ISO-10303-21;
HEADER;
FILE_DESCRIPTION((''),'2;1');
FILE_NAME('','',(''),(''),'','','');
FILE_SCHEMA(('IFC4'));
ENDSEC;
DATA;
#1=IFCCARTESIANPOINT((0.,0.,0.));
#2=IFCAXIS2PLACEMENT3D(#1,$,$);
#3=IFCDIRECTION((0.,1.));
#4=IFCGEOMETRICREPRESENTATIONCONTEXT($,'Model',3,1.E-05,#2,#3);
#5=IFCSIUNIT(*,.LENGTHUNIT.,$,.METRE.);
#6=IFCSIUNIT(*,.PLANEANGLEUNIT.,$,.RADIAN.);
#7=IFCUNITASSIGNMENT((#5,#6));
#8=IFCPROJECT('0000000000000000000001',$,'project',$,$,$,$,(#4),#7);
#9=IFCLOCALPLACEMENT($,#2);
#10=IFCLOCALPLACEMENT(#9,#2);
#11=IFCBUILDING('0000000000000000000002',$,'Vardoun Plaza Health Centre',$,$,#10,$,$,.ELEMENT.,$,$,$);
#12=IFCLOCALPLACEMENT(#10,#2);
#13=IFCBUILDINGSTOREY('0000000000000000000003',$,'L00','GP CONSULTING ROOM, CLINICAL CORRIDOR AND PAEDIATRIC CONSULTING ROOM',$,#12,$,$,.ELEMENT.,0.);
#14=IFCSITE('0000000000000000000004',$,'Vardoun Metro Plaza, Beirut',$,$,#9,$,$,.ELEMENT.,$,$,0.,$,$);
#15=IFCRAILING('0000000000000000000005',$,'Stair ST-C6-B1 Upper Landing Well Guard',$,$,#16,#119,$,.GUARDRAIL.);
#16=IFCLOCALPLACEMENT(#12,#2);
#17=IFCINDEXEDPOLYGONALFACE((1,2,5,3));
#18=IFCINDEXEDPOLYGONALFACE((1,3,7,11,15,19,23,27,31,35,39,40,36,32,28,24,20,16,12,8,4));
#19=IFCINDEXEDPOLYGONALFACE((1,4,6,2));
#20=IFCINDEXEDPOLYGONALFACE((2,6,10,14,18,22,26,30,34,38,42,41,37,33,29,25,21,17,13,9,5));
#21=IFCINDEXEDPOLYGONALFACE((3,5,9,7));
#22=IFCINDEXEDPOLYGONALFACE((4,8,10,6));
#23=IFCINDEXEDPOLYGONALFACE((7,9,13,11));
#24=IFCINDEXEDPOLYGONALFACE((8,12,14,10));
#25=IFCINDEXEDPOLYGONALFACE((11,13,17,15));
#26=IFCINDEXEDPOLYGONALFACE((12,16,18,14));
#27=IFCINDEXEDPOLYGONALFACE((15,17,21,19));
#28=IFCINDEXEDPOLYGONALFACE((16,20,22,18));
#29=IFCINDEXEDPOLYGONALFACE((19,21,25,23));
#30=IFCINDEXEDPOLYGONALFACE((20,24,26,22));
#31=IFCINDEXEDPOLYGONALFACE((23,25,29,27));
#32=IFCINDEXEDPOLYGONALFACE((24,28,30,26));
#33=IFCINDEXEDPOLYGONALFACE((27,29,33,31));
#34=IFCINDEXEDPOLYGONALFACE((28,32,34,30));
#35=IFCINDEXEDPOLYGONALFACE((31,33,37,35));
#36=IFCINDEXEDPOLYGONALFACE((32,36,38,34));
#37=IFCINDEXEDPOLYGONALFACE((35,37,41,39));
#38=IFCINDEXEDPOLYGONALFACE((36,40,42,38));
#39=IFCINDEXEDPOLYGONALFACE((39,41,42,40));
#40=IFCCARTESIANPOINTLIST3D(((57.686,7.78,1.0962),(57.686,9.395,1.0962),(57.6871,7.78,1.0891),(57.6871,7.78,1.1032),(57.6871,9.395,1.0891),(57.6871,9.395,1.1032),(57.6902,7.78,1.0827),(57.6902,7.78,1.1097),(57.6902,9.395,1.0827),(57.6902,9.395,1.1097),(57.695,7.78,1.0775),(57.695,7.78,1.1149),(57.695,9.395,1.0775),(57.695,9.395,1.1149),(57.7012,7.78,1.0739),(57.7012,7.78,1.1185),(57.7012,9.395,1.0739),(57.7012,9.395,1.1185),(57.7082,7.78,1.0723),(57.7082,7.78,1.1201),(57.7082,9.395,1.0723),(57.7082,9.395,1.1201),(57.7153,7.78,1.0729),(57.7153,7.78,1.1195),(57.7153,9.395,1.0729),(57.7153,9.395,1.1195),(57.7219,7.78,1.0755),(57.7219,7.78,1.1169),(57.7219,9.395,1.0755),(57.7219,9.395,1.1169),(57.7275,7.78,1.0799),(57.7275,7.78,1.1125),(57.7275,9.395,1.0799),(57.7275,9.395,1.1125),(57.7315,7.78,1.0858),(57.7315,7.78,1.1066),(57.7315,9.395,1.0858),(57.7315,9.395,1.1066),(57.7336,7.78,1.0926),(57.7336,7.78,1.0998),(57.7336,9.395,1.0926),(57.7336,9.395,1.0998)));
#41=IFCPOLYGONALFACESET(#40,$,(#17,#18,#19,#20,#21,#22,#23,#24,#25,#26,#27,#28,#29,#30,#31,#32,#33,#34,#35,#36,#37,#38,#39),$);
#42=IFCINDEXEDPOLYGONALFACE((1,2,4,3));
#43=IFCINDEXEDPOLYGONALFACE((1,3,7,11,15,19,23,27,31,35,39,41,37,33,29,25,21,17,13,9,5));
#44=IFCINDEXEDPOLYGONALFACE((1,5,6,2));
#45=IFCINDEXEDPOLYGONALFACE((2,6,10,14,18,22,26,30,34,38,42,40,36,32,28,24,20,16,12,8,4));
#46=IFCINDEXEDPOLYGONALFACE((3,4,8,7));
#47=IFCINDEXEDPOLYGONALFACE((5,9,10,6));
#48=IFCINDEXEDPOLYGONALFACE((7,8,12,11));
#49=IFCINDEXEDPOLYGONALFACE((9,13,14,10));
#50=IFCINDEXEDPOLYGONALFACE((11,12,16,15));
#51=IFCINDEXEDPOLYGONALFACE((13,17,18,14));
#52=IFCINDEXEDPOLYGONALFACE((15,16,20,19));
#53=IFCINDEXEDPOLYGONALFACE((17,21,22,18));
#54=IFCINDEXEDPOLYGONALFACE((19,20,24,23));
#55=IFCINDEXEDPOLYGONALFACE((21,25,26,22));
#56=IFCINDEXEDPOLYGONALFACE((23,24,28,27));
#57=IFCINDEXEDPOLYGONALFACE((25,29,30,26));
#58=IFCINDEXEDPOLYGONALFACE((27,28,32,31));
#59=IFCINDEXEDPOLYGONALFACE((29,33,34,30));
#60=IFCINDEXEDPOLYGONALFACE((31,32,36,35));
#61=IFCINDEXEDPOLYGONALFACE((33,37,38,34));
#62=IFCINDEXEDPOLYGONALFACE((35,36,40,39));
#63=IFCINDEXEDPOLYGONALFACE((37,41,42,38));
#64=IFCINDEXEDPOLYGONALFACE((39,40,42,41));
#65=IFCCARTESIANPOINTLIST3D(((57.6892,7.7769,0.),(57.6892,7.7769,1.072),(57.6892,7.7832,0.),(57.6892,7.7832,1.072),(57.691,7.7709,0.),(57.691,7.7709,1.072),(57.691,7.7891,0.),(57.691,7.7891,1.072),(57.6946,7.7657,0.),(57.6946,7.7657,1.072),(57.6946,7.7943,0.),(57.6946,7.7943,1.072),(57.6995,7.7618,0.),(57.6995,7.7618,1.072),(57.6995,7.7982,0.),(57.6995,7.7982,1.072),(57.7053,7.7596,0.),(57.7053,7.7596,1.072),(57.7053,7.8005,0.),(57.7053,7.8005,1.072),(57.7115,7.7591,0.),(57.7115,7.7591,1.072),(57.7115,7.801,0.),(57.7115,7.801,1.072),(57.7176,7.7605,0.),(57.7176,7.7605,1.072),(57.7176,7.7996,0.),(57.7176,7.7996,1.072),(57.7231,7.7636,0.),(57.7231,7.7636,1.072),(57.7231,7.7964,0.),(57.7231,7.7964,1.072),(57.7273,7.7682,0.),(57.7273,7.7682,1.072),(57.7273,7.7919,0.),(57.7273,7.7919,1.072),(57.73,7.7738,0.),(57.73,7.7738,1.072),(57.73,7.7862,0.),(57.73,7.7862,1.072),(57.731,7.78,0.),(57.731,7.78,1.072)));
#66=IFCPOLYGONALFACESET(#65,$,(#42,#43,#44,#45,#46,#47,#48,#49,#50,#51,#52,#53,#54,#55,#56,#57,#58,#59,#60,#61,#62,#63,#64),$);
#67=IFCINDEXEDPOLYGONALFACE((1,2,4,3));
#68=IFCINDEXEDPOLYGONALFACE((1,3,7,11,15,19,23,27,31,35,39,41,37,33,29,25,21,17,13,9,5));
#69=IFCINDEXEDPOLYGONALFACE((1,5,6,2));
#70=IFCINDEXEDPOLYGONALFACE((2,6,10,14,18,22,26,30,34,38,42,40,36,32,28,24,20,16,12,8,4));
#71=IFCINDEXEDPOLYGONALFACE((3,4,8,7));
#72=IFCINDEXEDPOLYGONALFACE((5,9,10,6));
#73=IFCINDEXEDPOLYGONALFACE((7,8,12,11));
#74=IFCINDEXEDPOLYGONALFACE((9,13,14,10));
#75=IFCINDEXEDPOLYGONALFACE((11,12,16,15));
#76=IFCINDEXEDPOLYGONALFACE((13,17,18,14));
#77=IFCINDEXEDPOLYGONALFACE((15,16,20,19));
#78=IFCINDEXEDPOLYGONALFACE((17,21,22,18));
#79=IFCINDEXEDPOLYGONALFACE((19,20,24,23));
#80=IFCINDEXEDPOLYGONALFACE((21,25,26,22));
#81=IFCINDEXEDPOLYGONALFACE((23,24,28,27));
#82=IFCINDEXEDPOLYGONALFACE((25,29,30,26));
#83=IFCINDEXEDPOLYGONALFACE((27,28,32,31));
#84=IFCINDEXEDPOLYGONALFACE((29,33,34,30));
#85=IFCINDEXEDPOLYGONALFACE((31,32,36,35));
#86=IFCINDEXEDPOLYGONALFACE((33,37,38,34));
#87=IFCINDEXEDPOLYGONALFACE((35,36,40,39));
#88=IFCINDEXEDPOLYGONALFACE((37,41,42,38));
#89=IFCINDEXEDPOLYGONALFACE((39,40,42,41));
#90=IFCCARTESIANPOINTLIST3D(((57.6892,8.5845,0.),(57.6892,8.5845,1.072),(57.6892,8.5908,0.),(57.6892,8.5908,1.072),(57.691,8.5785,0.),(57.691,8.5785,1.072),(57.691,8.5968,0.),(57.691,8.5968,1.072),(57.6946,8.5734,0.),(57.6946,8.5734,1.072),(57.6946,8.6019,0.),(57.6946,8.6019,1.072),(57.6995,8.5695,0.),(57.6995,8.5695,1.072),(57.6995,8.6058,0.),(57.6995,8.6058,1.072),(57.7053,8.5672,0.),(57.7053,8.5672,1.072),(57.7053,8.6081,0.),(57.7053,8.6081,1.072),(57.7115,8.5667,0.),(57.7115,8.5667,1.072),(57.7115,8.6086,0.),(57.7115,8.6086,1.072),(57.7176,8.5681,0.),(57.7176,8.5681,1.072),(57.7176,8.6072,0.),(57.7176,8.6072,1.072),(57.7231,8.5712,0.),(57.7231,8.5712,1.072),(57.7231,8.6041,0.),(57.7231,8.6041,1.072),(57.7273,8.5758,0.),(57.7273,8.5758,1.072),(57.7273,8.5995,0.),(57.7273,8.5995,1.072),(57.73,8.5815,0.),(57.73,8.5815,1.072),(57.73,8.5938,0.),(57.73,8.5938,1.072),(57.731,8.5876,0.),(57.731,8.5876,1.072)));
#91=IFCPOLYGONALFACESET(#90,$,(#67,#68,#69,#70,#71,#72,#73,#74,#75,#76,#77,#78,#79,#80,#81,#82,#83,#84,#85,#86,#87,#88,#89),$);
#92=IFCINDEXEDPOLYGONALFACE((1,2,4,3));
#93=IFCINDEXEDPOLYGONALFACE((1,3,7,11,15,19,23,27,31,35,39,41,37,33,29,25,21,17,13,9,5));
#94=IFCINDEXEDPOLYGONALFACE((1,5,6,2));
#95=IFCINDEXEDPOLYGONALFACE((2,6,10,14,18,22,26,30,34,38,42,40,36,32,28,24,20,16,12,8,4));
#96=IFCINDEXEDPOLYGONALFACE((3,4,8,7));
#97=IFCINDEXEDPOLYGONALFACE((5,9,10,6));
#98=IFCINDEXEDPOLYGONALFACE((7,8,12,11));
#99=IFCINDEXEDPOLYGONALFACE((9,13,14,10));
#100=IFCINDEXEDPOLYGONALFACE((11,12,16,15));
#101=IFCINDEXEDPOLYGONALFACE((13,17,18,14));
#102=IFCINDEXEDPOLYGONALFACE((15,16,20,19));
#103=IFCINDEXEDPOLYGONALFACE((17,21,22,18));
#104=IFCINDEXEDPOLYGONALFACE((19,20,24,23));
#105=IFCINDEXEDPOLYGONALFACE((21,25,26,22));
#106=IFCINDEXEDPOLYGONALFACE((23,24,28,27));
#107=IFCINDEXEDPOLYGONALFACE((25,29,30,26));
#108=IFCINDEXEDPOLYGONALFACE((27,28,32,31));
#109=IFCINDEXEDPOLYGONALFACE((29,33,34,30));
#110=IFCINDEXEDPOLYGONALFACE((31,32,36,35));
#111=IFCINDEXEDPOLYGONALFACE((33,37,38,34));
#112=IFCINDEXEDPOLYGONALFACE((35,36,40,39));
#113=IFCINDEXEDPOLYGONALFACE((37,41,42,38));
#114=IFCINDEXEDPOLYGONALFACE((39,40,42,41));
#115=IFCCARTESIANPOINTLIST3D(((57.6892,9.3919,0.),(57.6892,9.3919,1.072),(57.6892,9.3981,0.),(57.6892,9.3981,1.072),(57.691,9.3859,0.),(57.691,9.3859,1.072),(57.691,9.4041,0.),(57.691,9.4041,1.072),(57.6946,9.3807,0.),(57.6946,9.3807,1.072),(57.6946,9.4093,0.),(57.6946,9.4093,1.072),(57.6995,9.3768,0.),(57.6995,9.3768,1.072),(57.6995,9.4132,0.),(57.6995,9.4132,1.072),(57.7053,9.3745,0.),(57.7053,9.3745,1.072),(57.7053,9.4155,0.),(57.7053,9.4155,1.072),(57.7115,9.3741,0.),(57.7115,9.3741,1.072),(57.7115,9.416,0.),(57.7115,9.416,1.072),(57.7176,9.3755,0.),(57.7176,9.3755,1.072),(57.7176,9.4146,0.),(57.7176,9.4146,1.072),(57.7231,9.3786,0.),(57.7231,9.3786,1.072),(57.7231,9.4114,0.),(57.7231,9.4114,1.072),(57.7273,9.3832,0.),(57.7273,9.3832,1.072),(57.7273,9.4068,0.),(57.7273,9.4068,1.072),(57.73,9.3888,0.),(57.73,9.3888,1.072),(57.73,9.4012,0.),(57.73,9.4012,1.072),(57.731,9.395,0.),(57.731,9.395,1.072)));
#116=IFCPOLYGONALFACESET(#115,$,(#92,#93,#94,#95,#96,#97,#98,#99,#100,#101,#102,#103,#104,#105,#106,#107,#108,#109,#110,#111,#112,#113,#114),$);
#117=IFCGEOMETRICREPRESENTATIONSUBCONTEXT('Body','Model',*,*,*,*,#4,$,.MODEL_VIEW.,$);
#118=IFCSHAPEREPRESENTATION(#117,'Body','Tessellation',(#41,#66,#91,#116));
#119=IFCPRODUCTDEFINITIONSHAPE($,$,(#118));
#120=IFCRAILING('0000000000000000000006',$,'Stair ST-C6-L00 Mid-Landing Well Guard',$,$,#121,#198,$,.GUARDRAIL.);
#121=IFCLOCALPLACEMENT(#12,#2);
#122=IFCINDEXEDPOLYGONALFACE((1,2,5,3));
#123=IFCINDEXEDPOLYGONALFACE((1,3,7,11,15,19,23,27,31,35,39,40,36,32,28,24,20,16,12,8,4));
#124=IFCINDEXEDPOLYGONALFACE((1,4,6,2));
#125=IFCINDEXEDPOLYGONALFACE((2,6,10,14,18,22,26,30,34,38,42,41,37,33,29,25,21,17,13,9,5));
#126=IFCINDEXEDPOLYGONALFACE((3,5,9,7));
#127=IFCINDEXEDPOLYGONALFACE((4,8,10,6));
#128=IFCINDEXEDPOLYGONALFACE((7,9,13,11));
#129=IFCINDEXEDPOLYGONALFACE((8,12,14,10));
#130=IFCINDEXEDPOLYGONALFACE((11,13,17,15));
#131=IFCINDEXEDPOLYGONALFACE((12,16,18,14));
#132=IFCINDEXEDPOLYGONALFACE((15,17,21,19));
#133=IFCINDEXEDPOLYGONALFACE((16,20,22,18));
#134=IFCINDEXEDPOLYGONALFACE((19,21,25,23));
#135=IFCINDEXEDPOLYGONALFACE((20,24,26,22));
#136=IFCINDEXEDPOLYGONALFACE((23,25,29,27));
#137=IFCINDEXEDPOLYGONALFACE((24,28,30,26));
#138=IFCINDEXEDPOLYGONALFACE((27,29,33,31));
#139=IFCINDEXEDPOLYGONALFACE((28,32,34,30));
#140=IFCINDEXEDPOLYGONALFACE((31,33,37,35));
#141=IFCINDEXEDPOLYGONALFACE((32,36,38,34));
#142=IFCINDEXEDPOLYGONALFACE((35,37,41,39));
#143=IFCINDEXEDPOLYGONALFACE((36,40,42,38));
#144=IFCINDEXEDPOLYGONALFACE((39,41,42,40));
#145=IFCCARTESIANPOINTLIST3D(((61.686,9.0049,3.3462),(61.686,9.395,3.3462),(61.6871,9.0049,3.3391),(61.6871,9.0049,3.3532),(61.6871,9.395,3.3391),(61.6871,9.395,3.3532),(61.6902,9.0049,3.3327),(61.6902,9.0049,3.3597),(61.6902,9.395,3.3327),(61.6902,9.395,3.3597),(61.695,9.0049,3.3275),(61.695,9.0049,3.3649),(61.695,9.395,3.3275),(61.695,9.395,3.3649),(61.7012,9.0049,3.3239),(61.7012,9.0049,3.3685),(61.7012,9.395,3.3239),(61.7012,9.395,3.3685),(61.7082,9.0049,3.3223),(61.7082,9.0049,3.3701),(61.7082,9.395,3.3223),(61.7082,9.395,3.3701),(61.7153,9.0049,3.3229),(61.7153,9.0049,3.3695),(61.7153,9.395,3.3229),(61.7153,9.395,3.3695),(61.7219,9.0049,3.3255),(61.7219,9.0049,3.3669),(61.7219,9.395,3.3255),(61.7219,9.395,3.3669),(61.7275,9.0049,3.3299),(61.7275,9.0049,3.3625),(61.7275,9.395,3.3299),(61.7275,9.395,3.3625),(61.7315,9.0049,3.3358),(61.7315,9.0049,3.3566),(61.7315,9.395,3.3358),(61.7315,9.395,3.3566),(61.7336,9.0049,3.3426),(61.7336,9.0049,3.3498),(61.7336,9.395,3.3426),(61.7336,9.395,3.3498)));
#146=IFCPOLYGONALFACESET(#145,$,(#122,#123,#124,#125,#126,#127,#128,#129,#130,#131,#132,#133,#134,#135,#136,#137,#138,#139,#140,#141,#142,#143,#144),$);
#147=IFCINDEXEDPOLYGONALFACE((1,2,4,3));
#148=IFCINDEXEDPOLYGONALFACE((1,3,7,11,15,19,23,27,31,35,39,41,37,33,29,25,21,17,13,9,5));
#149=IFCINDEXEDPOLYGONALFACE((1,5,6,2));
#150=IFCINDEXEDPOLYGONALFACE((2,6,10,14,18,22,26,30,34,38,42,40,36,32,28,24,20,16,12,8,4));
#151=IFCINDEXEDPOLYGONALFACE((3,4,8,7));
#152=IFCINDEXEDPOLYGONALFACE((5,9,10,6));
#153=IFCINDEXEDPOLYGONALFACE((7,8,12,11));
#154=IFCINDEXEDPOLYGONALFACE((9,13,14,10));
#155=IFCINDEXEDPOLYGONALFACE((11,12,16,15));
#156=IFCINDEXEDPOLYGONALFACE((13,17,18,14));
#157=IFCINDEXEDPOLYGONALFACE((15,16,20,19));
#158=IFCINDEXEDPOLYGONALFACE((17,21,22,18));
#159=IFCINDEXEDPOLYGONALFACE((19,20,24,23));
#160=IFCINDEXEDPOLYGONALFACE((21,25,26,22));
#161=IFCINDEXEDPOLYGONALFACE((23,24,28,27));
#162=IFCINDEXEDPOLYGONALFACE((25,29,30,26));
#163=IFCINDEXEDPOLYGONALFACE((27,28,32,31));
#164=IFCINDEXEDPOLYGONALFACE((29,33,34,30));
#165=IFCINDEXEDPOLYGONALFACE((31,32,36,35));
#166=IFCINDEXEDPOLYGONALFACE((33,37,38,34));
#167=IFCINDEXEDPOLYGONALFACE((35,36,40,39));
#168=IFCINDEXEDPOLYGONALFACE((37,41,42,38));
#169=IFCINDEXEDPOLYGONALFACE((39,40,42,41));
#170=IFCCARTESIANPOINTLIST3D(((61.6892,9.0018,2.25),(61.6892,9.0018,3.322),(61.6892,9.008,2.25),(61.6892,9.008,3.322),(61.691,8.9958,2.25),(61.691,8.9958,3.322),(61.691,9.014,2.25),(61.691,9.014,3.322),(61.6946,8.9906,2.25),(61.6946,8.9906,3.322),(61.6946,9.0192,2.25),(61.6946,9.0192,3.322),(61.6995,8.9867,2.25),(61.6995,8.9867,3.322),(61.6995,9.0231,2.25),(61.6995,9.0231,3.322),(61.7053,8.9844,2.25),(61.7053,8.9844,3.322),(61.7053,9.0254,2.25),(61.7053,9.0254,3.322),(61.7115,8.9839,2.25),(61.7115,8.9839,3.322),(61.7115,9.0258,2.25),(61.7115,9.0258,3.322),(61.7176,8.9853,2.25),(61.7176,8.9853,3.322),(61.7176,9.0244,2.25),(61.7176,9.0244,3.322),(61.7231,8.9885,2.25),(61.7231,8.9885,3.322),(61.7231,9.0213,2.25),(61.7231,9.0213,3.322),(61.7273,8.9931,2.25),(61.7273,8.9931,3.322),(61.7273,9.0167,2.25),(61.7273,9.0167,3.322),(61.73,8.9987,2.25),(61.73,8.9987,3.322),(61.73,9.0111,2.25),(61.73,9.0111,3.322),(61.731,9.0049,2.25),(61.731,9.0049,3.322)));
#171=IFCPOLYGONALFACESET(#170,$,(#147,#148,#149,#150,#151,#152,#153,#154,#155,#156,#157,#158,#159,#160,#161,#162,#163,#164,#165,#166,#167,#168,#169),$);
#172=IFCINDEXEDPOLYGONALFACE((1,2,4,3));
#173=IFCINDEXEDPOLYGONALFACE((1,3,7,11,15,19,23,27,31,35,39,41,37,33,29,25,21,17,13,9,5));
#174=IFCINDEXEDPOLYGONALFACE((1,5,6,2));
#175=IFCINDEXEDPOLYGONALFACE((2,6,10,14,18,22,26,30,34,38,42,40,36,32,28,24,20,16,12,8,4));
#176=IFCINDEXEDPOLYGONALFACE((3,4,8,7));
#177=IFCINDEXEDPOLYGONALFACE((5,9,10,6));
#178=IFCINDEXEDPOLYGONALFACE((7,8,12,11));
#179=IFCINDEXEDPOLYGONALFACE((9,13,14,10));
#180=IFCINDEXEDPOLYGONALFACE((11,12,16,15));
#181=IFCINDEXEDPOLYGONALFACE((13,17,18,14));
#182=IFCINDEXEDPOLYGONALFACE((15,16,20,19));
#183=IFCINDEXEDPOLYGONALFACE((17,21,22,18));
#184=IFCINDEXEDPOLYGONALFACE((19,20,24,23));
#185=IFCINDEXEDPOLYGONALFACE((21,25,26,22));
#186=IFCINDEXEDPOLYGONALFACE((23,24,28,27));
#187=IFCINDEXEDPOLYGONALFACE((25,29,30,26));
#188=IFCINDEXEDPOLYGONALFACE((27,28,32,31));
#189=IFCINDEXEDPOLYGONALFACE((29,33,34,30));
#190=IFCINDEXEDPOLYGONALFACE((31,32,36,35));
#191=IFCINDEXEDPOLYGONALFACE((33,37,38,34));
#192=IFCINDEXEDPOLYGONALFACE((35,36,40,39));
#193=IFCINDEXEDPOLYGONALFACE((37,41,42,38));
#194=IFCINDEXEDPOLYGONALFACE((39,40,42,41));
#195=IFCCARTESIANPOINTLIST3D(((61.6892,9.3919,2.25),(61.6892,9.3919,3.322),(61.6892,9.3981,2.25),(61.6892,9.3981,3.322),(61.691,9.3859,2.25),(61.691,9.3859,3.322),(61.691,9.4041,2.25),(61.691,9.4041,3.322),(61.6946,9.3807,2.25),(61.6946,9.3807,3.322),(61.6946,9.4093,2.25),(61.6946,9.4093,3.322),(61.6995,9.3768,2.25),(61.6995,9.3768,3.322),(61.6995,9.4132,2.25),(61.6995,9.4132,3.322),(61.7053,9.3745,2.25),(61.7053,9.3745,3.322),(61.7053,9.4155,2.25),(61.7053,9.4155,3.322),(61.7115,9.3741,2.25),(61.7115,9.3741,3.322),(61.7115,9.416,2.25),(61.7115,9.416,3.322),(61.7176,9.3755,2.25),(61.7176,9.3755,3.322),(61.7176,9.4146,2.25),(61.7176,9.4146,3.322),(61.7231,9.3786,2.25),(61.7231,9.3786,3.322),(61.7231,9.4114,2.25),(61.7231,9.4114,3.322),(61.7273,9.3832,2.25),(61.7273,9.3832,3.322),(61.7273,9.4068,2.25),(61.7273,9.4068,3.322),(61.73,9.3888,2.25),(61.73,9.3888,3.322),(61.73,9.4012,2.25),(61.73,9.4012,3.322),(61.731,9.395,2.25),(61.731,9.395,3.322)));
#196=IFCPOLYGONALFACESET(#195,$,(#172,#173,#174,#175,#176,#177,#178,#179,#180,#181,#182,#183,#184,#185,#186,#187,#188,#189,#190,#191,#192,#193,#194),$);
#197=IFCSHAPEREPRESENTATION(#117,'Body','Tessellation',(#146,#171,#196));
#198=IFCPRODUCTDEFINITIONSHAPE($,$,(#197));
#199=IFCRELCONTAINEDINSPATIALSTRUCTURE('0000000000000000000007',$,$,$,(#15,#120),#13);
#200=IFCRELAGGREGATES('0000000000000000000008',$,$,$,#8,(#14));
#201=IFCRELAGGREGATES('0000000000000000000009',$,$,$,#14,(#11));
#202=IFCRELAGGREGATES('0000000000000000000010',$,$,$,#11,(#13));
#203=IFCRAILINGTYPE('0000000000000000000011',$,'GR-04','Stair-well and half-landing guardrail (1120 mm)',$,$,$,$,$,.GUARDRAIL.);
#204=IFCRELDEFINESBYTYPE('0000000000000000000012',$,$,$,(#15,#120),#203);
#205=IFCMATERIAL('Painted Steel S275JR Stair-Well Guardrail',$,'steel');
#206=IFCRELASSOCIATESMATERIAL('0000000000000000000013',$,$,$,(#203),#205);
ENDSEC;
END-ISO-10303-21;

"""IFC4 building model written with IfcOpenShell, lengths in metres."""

from ifc_helpers import new_model, si_unit, direction, frame, origin, origin_2d, place, context, subcontext, project, spatial, circle, extrude, material, type_object, element, save


model = new_model("IFC4")

# Units and contexts
model_context = context("Model", 3, precision=1e-05, world=origin(), true_north=direction((0.0, 1.0)))
body_context = subcontext(model_context, "Body", "Model", "MODEL_VIEW")
ifc_project = project(units=[si_unit("LENGTHUNIT", "METRE"), si_unit("PLANEANGLEUNIT", "RADIAN")], contexts=[model_context])

# Site, building, storey
site_placement = place(None, origin())
site = spatial("IfcSite", under=ifc_project, at=site_placement, Name="Vardoun Metro Plaza, Beirut", CompositionType="ELEMENT", RefElevation=0.0)
building_placement = place(site_placement, origin())
building = spatial("IfcBuilding", under=site, at=building_placement, Name="Vardoun Plaza Health Centre", CompositionType="ELEMENT")
storey_placement = place(building_placement, origin())
storey = spatial("IfcBuildingStorey", under=building, at=storey_placement, Name="L00", Description="GP CONSULTING ROOM, CLINICAL CORRIDOR AND PAEDIATRIC CONSULTING ROOM", CompositionType="ELEMENT", Elevation=0.0)

# Railings
ifc_material_1 = material(Name="Painted Steel S275JR Stair-Well Guardrail", Category="steel")
railing_type_1 = type_object("IfcRailingType", Name="GR-04", Description="Stair-well and half-landing guardrail (1120 mm)", PredefinedType="GUARDRAIL", material=ifc_material_1)
railing_1_placement = place(storey_placement, frame((57.71, 7.78, 0.0)))
element("IfcRailing", 1, at=railing_1_placement, inside=storey, type_object=railing_type_1, Name="Stair ST-C6-B1 Upper Landing Well Guard", PredefinedType="GUARDRAIL", context=body_context, shape_type="SweptSolid", body=[
    extrude(circle(Radius=0.0239, at=origin_2d()), frame((0.0, 0.0, 1.0962), z_axis=(0.0, 1.0, 0.0), x_axis=(-1.0, 0.0, 0.0)), (0.0, 0.0, 1.0), 1.615),
    extrude(circle(Radius=0.021, at=origin_2d()), origin(), (0.0, 0.0, 1.0), 1.072),
    extrude(circle(Radius=0.021, at=origin_2d()), frame((0.0, 0.8076, 0.0)), (0.0, 0.0, 1.0), 1.072),
    extrude(circle(Radius=0.021, at=origin_2d()), frame((0.0, 1.615, 0.0)), (0.0, 0.0, 1.0), 1.072),
])
railing_2_placement = place(storey_placement, frame((61.71, 9.0049, 2.25)))
element("IfcRailing", 2, at=railing_2_placement, inside=storey, type_object=railing_type_1, Name="Stair ST-C6-L00 Mid-Landing Well Guard", PredefinedType="GUARDRAIL", context=body_context, shape_type="SweptSolid", body=[
    extrude(circle(Radius=0.0239, at=origin_2d()), frame((0.0, 0.0, 1.0962), z_axis=(0.0, 1.0, 0.0), x_axis=(-1.0, 0.0, 0.0)), (0.0, 0.0, 1.0), 0.3901),
    extrude(circle(Radius=0.021, at=origin_2d()), origin(), (0.0, 0.0, 1.0), 1.072),
    extrude(circle(Radius=0.021, at=origin_2d()), frame((0.0, 0.3901, 0.0)), (0.0, 0.0, 1.0), 1.072),
])

save(model, "model.ifc")
